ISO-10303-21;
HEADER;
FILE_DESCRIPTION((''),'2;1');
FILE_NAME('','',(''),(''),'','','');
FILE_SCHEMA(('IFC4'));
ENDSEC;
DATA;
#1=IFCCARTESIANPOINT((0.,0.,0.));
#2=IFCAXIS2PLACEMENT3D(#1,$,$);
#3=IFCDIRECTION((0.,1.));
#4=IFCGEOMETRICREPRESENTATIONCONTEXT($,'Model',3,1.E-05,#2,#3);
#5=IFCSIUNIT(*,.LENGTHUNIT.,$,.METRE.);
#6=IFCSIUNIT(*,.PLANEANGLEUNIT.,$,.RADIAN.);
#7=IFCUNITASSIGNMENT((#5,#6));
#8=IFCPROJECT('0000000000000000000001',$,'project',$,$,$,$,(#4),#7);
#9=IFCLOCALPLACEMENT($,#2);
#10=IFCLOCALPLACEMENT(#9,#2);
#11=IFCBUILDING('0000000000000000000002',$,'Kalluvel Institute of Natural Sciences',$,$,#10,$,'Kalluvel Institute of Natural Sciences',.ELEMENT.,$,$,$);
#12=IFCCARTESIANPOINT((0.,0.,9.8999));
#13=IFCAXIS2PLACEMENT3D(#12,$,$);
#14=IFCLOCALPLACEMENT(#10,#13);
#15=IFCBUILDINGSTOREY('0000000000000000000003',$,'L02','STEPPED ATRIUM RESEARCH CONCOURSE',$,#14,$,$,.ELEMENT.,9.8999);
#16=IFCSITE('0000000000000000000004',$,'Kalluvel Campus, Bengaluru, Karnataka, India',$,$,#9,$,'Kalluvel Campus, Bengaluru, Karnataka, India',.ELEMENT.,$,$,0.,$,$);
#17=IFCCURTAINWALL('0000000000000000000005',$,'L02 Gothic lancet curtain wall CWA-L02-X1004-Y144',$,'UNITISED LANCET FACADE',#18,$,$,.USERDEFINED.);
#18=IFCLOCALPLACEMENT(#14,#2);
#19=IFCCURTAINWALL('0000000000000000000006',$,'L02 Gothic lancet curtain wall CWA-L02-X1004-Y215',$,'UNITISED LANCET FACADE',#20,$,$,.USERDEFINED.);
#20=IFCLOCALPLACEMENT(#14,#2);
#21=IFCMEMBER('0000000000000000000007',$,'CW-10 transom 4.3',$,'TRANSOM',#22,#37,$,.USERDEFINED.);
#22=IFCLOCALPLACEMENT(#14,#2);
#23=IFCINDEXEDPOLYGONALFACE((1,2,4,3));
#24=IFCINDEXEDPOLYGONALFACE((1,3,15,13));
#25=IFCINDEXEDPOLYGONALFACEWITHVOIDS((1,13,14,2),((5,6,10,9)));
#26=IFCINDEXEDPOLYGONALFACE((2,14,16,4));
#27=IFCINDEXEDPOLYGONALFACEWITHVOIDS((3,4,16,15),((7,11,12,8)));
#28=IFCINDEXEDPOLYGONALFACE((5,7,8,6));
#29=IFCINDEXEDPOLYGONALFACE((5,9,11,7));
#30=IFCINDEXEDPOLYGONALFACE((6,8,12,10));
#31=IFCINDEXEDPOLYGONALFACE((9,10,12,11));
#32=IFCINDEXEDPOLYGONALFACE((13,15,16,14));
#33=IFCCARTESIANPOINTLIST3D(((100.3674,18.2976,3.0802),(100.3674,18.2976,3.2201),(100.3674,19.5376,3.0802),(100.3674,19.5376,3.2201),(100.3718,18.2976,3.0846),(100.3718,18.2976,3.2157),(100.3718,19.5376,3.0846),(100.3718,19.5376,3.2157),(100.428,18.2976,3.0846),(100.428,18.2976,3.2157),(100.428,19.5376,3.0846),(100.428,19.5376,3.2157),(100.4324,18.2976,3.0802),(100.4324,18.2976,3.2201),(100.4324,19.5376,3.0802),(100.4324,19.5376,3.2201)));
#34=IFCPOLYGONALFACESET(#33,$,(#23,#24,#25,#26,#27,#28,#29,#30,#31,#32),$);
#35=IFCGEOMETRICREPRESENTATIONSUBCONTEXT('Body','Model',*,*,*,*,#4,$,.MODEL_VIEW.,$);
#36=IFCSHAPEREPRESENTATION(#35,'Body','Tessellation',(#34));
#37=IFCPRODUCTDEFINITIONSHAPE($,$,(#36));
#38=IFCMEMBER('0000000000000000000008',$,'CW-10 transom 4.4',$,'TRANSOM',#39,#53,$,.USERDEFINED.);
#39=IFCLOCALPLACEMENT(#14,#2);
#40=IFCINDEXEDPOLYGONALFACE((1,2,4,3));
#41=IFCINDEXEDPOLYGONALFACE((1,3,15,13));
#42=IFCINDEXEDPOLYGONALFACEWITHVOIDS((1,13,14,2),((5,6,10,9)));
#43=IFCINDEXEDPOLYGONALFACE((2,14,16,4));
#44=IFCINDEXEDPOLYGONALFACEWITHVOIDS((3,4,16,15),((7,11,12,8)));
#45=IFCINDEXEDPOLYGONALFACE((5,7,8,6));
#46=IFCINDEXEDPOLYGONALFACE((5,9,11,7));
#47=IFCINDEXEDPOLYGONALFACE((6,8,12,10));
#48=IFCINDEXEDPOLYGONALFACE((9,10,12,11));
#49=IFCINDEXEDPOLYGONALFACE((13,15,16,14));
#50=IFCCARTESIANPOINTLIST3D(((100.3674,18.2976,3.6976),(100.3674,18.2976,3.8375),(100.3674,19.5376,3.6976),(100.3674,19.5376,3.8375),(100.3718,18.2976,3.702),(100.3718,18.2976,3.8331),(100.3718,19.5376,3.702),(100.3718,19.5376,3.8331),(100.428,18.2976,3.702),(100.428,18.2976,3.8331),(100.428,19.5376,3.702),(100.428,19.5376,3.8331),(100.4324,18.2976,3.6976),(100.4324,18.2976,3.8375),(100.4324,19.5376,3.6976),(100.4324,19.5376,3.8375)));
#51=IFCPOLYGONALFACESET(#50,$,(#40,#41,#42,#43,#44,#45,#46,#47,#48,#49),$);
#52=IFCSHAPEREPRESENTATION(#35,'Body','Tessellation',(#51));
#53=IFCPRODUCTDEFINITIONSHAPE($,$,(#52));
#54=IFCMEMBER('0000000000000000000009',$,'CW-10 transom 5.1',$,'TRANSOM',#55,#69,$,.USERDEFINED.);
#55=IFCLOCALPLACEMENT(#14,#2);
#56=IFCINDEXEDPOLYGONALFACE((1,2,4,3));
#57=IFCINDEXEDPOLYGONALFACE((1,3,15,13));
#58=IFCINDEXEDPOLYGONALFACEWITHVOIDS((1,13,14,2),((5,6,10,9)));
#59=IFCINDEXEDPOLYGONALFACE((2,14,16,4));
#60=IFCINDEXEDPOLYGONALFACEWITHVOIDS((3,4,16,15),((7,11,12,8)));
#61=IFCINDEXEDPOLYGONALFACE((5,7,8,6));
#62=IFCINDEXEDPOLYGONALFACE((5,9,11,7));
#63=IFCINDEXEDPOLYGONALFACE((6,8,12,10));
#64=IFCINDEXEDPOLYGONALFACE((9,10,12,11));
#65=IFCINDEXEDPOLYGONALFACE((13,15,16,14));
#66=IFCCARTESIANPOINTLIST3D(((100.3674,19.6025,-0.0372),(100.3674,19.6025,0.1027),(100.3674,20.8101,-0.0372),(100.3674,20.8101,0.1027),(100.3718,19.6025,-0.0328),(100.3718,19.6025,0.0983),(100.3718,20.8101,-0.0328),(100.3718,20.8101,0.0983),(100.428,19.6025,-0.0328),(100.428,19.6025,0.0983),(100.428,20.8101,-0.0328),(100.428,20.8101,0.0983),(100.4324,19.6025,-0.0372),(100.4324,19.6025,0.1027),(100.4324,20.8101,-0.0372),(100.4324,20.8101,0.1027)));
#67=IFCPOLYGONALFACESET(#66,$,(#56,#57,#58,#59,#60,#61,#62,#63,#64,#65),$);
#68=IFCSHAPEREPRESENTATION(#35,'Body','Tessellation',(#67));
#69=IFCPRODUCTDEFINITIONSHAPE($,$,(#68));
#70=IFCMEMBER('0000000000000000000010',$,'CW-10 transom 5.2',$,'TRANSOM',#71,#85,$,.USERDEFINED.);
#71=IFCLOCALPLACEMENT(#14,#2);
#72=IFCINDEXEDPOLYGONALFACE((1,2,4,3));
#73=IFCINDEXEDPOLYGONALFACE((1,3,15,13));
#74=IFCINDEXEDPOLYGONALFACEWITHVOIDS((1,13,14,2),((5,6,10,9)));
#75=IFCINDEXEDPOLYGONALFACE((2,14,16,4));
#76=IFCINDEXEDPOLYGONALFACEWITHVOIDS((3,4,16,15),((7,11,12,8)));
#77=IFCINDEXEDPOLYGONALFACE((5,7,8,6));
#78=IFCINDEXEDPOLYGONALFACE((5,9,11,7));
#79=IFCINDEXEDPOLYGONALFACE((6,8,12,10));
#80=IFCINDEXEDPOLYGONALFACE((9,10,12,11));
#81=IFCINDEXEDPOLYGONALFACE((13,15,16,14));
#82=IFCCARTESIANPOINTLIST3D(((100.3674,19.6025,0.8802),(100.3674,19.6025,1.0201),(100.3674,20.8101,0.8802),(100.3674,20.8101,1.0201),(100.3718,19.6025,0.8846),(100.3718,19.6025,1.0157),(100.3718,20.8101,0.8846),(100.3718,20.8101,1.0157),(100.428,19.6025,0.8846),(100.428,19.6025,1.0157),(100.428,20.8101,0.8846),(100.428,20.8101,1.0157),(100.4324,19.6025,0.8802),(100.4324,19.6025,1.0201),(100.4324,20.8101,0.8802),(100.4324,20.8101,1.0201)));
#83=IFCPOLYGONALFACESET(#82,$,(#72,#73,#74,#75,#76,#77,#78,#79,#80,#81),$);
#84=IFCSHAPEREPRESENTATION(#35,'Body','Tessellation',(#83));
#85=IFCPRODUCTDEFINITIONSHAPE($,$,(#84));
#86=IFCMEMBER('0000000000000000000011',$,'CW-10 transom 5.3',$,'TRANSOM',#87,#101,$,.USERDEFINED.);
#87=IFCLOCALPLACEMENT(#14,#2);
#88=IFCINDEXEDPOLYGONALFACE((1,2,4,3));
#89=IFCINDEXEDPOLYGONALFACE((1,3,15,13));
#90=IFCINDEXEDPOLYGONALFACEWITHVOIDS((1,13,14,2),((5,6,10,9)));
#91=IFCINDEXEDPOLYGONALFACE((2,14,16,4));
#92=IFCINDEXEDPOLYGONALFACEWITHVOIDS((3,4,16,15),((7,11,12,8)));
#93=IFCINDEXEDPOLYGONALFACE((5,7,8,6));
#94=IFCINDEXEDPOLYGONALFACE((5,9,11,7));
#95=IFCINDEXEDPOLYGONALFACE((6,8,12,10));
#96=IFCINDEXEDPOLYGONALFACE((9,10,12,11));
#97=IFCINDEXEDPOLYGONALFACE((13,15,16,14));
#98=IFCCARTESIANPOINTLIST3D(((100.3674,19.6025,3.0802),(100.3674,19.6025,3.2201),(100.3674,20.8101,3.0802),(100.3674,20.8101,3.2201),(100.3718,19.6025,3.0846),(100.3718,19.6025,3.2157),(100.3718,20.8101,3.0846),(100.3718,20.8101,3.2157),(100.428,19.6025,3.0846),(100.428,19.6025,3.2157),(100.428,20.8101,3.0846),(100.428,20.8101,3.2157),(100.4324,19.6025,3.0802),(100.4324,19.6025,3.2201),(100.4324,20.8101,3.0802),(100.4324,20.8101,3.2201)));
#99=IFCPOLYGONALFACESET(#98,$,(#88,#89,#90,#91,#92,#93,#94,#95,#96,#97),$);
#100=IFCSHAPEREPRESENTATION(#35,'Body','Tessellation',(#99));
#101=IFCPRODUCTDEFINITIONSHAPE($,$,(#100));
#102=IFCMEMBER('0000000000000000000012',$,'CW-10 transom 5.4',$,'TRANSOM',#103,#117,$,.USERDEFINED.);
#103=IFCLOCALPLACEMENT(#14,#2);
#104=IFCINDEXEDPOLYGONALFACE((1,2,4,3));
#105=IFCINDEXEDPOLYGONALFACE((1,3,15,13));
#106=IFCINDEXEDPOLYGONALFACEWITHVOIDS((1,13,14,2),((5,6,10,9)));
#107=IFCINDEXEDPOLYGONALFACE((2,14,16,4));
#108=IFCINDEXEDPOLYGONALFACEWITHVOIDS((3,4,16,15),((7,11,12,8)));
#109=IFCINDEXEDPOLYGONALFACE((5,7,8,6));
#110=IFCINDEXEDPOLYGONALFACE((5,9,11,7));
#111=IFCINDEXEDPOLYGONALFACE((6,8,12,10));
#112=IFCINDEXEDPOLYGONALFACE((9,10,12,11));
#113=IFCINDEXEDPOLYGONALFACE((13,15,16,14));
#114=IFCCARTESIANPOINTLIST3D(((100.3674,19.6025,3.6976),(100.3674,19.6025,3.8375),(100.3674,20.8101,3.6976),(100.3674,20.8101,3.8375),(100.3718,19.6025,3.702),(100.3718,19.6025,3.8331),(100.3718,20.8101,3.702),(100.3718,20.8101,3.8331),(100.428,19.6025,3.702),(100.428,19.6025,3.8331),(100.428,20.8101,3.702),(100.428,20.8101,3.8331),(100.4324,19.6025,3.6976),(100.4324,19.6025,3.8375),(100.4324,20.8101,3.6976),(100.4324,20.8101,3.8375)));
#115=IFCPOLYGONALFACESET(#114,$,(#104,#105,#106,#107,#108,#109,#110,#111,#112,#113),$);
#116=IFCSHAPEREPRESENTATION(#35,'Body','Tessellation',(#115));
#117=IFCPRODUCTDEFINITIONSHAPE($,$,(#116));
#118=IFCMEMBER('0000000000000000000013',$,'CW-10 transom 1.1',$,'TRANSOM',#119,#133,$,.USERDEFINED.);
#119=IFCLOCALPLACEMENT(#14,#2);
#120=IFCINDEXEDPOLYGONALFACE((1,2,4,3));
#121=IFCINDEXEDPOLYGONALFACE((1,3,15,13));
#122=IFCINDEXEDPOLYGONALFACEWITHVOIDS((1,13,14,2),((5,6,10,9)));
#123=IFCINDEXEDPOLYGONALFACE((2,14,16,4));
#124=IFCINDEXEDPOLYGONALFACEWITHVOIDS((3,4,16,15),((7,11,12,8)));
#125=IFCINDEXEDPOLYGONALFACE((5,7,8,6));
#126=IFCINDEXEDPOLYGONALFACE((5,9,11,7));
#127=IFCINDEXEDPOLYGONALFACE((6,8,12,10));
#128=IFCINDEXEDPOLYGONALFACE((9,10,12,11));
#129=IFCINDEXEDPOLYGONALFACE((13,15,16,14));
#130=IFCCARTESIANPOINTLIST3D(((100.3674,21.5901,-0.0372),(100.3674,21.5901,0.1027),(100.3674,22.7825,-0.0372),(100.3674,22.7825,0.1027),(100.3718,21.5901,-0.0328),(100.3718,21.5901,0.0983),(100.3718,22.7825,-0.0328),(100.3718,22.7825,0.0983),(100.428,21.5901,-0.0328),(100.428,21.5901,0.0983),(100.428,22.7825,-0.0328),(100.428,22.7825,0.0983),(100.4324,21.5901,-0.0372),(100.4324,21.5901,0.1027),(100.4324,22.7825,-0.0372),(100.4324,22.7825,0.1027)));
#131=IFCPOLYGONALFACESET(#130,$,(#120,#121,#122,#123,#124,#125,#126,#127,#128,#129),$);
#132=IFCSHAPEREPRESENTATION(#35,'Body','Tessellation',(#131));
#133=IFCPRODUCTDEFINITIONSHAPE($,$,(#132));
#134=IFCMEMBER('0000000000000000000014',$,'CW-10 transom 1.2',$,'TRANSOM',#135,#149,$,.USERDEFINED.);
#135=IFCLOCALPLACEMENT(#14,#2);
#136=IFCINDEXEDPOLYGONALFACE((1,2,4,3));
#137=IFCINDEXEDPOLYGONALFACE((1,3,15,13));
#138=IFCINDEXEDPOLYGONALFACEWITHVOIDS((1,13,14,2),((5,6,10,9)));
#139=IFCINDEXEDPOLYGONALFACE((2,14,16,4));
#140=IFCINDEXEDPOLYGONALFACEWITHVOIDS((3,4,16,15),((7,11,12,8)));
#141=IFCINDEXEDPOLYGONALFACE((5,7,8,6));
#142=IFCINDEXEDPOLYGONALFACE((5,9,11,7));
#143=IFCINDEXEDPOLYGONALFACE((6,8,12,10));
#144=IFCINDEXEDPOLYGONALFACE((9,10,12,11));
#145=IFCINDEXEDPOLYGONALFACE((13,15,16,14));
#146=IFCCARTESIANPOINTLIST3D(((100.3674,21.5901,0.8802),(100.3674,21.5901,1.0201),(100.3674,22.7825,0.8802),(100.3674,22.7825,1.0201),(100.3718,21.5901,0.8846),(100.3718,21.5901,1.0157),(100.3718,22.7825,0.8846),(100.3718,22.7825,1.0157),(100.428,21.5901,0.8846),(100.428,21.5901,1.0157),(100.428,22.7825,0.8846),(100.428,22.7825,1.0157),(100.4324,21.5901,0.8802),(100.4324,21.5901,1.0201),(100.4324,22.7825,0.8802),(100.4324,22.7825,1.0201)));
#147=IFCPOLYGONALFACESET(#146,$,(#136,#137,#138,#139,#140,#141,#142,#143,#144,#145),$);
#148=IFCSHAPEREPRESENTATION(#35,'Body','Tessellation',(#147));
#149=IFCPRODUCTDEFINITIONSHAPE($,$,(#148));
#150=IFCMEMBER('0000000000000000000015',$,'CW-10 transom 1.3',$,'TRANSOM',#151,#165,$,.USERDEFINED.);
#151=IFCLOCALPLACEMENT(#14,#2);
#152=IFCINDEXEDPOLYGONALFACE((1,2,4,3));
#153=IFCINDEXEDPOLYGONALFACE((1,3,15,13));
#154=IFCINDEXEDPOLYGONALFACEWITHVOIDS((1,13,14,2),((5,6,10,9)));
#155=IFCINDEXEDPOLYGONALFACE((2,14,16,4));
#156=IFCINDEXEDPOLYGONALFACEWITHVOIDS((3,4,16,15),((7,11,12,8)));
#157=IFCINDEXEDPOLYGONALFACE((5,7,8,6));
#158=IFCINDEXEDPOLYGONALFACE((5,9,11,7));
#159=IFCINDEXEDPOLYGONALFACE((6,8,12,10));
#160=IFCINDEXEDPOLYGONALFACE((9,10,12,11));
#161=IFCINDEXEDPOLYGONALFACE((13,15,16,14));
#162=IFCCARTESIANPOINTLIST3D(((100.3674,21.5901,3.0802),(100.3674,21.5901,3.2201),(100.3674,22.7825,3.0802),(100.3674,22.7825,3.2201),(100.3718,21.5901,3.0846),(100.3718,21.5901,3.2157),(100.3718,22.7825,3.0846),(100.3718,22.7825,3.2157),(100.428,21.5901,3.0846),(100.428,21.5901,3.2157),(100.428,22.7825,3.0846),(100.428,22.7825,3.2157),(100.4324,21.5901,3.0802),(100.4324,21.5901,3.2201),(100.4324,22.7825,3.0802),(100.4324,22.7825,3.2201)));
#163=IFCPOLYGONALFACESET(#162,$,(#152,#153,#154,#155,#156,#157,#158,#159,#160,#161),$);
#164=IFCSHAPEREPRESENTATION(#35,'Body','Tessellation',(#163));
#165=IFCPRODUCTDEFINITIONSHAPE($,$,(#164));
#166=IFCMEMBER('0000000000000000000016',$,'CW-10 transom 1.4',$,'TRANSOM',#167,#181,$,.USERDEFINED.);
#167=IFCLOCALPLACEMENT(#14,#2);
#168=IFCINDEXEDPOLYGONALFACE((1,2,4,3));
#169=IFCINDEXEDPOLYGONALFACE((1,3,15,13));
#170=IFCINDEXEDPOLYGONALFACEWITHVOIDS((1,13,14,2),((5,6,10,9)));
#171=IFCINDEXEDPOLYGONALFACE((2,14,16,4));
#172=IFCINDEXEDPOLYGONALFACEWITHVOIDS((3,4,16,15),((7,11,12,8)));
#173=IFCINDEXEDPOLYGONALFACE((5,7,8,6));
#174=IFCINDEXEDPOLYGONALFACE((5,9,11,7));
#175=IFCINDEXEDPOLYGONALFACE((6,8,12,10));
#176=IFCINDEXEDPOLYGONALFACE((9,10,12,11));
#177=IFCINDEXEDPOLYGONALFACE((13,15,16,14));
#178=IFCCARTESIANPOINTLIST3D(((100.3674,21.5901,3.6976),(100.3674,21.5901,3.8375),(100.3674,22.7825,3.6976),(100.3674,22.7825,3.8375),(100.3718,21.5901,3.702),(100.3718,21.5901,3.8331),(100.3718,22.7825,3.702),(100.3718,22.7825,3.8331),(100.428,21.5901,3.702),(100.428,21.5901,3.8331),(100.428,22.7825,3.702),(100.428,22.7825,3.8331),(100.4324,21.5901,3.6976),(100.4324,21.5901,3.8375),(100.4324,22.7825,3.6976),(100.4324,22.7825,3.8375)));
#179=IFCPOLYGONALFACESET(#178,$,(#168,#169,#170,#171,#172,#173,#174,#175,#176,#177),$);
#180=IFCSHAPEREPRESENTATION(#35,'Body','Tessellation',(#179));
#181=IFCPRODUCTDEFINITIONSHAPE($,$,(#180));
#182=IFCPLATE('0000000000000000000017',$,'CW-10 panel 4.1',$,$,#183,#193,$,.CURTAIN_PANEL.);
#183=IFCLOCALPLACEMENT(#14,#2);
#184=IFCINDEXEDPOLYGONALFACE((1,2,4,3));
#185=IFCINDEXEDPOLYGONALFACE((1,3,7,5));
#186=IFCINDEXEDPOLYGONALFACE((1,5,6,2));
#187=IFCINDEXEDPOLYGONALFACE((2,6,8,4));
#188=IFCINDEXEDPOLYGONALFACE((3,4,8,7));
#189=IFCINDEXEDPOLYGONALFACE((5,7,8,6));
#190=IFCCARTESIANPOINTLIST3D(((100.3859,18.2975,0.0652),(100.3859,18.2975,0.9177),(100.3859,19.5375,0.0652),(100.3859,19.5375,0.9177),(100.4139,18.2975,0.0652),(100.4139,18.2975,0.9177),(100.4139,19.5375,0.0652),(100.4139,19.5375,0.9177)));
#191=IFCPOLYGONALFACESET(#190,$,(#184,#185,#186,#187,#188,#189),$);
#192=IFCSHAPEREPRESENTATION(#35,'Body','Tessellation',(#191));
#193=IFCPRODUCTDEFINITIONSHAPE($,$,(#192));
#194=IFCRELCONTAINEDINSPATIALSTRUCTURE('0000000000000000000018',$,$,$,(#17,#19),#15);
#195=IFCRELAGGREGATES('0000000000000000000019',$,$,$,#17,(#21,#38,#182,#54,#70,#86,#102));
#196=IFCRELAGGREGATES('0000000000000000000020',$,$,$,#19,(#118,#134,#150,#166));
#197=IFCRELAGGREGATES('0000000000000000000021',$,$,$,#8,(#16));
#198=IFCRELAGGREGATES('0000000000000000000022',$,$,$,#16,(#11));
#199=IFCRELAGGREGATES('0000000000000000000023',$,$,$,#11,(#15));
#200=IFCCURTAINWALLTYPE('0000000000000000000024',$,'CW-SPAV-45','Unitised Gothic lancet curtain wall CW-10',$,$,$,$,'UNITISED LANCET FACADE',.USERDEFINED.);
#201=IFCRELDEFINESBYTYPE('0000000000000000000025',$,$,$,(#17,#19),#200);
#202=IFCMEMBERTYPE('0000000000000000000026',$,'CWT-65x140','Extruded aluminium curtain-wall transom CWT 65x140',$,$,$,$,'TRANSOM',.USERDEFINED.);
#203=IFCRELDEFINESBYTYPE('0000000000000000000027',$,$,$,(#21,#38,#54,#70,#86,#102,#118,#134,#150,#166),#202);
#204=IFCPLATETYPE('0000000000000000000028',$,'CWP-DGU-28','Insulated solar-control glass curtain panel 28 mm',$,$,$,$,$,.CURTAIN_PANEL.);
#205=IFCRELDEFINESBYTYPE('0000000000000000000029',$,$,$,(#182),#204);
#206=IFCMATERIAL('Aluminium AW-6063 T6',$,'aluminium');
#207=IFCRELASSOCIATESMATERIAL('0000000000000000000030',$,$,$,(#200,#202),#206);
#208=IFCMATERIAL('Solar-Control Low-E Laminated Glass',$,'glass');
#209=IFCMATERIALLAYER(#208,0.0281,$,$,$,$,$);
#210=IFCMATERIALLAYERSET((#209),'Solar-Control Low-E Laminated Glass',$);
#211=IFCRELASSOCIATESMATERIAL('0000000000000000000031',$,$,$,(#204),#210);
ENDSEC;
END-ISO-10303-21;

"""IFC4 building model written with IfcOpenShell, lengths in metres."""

from ifc_helpers import new_model, si_unit, direction, frame, origin, origin_2d, place, context, subcontext, project, spatial, rectangle, hollow_rectangle, extrude, material, layer, layer_set, material_profile, profile_set, type_object, element, aggregate, save


model = new_model("IFC4")

# Units and contexts
model_context = context("Model", 3, precision=1e-05, world=origin(), true_north=direction((0.0, 1.0)))
body_context = subcontext(model_context, "Body", "Model", "MODEL_VIEW")
ifc_project = project(units=[si_unit("LENGTHUNIT", "METRE"), si_unit("PLANEANGLEUNIT", "RADIAN")], contexts=[model_context])

# Site, building, storey
site_placement = place(None, origin())
site = spatial("IfcSite", under=ifc_project, at=site_placement, Name="Kalluvel Campus, Bengaluru, Karnataka, India", LongName="Kalluvel Campus, Bengaluru, Karnataka, India", CompositionType="ELEMENT", RefElevation=0.0)
building_placement = place(site_placement, origin())
building = spatial("IfcBuilding", under=site, at=building_placement, Name="Kalluvel Institute of Natural Sciences", LongName="Kalluvel Institute of Natural Sciences", CompositionType="ELEMENT")
storey_placement = place(building_placement, frame((0.0, 0.0, 9.8999)))
storey = spatial("IfcBuildingStorey", under=building, at=storey_placement, Name="L02", Description="STEPPED ATRIUM RESEARCH CONCOURSE", CompositionType="ELEMENT", Elevation=9.8999)

# Curtain walls
ifc_material_1 = material(Name="Aluminium AW-6063 T6", Category="aluminium")
curtain_wall_type = type_object("IfcCurtainWallType", Name="CW-SPAV-45", Description="Unitised Gothic lancet curtain wall CW-10", ElementType="UNITISED LANCET FACADE", PredefinedType="USERDEFINED", material=ifc_material_1)
curtain_wall_1_placement = place(storey_placement, origin())
curtain_wall_1 = element("IfcCurtainWall", 1, at=curtain_wall_1_placement, inside=storey, type_object=curtain_wall_type, Name="L02 Gothic lancet curtain wall CWA-L02-X1004-Y144", ObjectType="UNITISED LANCET FACADE", PredefinedType="USERDEFINED")
curtain_wall_2_placement = place(storey_placement, origin())
curtain_wall_2 = element("IfcCurtainWall", 2, at=curtain_wall_2_placement, inside=storey, type_object=curtain_wall_type, Name="L02 Gothic lancet curtain wall CWA-L02-X1004-Y215", ObjectType="UNITISED LANCET FACADE", PredefinedType="USERDEFINED")

# Members
ifc_material_profile_1 = material_profile(ifc_material_1, hollow_rectangle(XDim=0.0649, YDim=0.1399, WallThickness=0.0044, at=origin_2d()), Name="CWT 65x140")
ifc_profile_set_1 = profile_set([ifc_material_profile_1], Name="Aluminium AW-6063 T6")
member_type_1 = type_object("IfcMemberType", Name="CWT-65x140", Description="Extruded aluminium curtain-wall transom CWT 65x140", ElementType="TRANSOM", PredefinedType="USERDEFINED", material=ifc_profile_set_1)
member_1_placement = place(storey_placement, frame((100.3999, 18.2976, 3.1501), z_axis=(0.0, 1.0, 0.0), x_axis=(-1.0, 0.0, 0.0)))
member_1 = element("IfcMember", 3, at=member_1_placement, type_object=member_type_1, Name="CW-10 transom 4.3", ObjectType="TRANSOM", PredefinedType="USERDEFINED", context=body_context, shape_type="SweptSolid", body=[
    extrude(hollow_rectangle(XDim=0.0649, YDim=0.1399, WallThickness=0.0044, at=origin_2d()), origin(), (0.0, 0.0, 1.0), 1.24),
])
member_2_placement = place(storey_placement, frame((100.3999, 18.2976, 3.7676), z_axis=(0.0, 1.0, 0.0), x_axis=(-1.0, 0.0, 0.0)))
member_2 = element("IfcMember", 4, at=member_2_placement, type_object=member_type_1, Name="CW-10 transom 4.4", ObjectType="TRANSOM", PredefinedType="USERDEFINED", context=body_context, shape_type="SweptSolid", body=[
    extrude(hollow_rectangle(XDim=0.0649, YDim=0.1399, WallThickness=0.0044, at=origin_2d()), origin(), (0.0, 0.0, 1.0), 1.24),
])
member_3_placement = place(storey_placement, frame((100.3999, 19.6025, 0.0327), z_axis=(0.0, 1.0, 0.0), x_axis=(-1.0, 0.0, 0.0)))
member_3 = element("IfcMember", 5, at=member_3_placement, type_object=member_type_1, Name="CW-10 transom 5.1", ObjectType="TRANSOM", PredefinedType="USERDEFINED", context=body_context, shape_type="SweptSolid", body=[
    extrude(hollow_rectangle(XDim=0.0649, YDim=0.1399, WallThickness=0.0044, at=origin_2d()), origin(), (0.0, 0.0, 1.0), 1.2075),
])
member_4_placement = place(storey_placement, frame((100.3999, 19.6025, 0.9502), z_axis=(0.0, 1.0, 0.0), x_axis=(-1.0, 0.0, 0.0)))
member_4 = element("IfcMember", 6, at=member_4_placement, type_object=member_type_1, Name="CW-10 transom 5.2", ObjectType="TRANSOM", PredefinedType="USERDEFINED", context=body_context, shape_type="SweptSolid", body=[
    extrude(hollow_rectangle(XDim=0.0649, YDim=0.1399, WallThickness=0.0044, at=origin_2d()), origin(), (0.0, 0.0, 1.0), 1.2075),
])
member_5_placement = place(storey_placement, frame((100.3999, 19.6025, 3.1501), z_axis=(0.0, 1.0, 0.0), x_axis=(-1.0, 0.0, 0.0)))
member_5 = element("IfcMember", 7, at=member_5_placement, type_object=member_type_1, Name="CW-10 transom 5.3", ObjectType="TRANSOM", PredefinedType="USERDEFINED", context=body_context, shape_type="SweptSolid", body=[
    extrude(hollow_rectangle(XDim=0.0649, YDim=0.1399, WallThickness=0.0044, at=origin_2d()), origin(), (0.0, 0.0, 1.0), 1.2075),
])
member_6_placement = place(storey_placement, frame((100.3999, 19.6025, 3.7676), z_axis=(0.0, 1.0, 0.0), x_axis=(-1.0, 0.0, 0.0)))
member_6 = element("IfcMember", 8, at=member_6_placement, type_object=member_type_1, Name="CW-10 transom 5.4", ObjectType="TRANSOM", PredefinedType="USERDEFINED", context=body_context, shape_type="SweptSolid", body=[
    extrude(hollow_rectangle(XDim=0.0649, YDim=0.1399, WallThickness=0.0044, at=origin_2d()), origin(), (0.0, 0.0, 1.0), 1.2075),
])
member_7_placement = place(storey_placement, frame((100.3999, 21.5901, 0.0327), z_axis=(0.0, 1.0, 0.0), x_axis=(-1.0, 0.0, 0.0)))
member_7 = element("IfcMember", 9, at=member_7_placement, type_object=member_type_1, Name="CW-10 transom 1.1", ObjectType="TRANSOM", PredefinedType="USERDEFINED", context=body_context, shape_type="SweptSolid", body=[
    extrude(hollow_rectangle(XDim=0.0649, YDim=0.1399, WallThickness=0.0044, at=origin_2d()), origin(), (0.0, 0.0, 1.0), 1.1924),
])
member_8_placement = place(storey_placement, frame((100.3999, 21.5901, 0.9502), z_axis=(0.0, 1.0, 0.0), x_axis=(-1.0, 0.0, 0.0)))
member_8 = element("IfcMember", 10, at=member_8_placement, type_object=member_type_1, Name="CW-10 transom 1.2", ObjectType="TRANSOM", PredefinedType="USERDEFINED", context=body_context, shape_type="SweptSolid", body=[
    extrude(hollow_rectangle(XDim=0.0649, YDim=0.1399, WallThickness=0.0044, at=origin_2d()), origin(), (0.0, 0.0, 1.0), 1.1924),
])
member_9_placement = place(storey_placement, frame((100.3999, 21.5901, 3.1501), z_axis=(0.0, 1.0, 0.0), x_axis=(-1.0, 0.0, 0.0)))
member_9 = element("IfcMember", 11, at=member_9_placement, type_object=member_type_1, Name="CW-10 transom 1.3", ObjectType="TRANSOM", PredefinedType="USERDEFINED", context=body_context, shape_type="SweptSolid", body=[
    extrude(hollow_rectangle(XDim=0.0649, YDim=0.1399, WallThickness=0.0044, at=origin_2d()), origin(), (0.0, 0.0, 1.0), 1.1924),
])
member_10_placement = place(storey_placement, frame((100.3999, 21.5901, 3.7676), z_axis=(0.0, 1.0, 0.0), x_axis=(-1.0, 0.0, 0.0)))
member_10 = element("IfcMember", 12, at=member_10_placement, type_object=member_type_1, Name="CW-10 transom 1.4", ObjectType="TRANSOM", PredefinedType="USERDEFINED", context=body_context, shape_type="SweptSolid", body=[
    extrude(hollow_rectangle(XDim=0.0649, YDim=0.1399, WallThickness=0.0044, at=origin_2d()), origin(), (0.0, 0.0, 1.0), 1.1924),
])

# Plate
ifc_material_2 = material(Name="Solar-Control Low-E Laminated Glass", Category="glass")
ifc_layer = layer(ifc_material_2, 0.0281)
ifc_layer_set = layer_set([ifc_layer], Name="Solar-Control Low-E Laminated Glass")
plate_type = type_object("IfcPlateType", Name="CWP-DGU-28", Description="Insulated solar-control glass curtain panel 28 mm", PredefinedType="CURTAIN_PANEL", material=ifc_layer_set)
plate_1_placement = place(storey_placement, frame((100.3999, 18.9175, 0.0652), z_axis=(0.0, 0.0, 1.0), x_axis=(0.0, 1.0, 0.0)))
plate_1 = element("IfcPlate", 13, at=plate_1_placement, type_object=plate_type, Name="CW-10 panel 4.1", PredefinedType="CURTAIN_PANEL", context=body_context, shape_type="SweptSolid", body=[
    extrude(rectangle(XDim=1.24, YDim=0.0281, at=origin_2d()), origin(), (0.0, 0.0, 1.0), 0.8525),
])
aggregate(curtain_wall_1, [member_1, member_2, plate_1, member_3, member_4, member_5, member_6])
aggregate(curtain_wall_2, [member_7, member_8, member_9, member_10])

save(model, "model.ifc")
